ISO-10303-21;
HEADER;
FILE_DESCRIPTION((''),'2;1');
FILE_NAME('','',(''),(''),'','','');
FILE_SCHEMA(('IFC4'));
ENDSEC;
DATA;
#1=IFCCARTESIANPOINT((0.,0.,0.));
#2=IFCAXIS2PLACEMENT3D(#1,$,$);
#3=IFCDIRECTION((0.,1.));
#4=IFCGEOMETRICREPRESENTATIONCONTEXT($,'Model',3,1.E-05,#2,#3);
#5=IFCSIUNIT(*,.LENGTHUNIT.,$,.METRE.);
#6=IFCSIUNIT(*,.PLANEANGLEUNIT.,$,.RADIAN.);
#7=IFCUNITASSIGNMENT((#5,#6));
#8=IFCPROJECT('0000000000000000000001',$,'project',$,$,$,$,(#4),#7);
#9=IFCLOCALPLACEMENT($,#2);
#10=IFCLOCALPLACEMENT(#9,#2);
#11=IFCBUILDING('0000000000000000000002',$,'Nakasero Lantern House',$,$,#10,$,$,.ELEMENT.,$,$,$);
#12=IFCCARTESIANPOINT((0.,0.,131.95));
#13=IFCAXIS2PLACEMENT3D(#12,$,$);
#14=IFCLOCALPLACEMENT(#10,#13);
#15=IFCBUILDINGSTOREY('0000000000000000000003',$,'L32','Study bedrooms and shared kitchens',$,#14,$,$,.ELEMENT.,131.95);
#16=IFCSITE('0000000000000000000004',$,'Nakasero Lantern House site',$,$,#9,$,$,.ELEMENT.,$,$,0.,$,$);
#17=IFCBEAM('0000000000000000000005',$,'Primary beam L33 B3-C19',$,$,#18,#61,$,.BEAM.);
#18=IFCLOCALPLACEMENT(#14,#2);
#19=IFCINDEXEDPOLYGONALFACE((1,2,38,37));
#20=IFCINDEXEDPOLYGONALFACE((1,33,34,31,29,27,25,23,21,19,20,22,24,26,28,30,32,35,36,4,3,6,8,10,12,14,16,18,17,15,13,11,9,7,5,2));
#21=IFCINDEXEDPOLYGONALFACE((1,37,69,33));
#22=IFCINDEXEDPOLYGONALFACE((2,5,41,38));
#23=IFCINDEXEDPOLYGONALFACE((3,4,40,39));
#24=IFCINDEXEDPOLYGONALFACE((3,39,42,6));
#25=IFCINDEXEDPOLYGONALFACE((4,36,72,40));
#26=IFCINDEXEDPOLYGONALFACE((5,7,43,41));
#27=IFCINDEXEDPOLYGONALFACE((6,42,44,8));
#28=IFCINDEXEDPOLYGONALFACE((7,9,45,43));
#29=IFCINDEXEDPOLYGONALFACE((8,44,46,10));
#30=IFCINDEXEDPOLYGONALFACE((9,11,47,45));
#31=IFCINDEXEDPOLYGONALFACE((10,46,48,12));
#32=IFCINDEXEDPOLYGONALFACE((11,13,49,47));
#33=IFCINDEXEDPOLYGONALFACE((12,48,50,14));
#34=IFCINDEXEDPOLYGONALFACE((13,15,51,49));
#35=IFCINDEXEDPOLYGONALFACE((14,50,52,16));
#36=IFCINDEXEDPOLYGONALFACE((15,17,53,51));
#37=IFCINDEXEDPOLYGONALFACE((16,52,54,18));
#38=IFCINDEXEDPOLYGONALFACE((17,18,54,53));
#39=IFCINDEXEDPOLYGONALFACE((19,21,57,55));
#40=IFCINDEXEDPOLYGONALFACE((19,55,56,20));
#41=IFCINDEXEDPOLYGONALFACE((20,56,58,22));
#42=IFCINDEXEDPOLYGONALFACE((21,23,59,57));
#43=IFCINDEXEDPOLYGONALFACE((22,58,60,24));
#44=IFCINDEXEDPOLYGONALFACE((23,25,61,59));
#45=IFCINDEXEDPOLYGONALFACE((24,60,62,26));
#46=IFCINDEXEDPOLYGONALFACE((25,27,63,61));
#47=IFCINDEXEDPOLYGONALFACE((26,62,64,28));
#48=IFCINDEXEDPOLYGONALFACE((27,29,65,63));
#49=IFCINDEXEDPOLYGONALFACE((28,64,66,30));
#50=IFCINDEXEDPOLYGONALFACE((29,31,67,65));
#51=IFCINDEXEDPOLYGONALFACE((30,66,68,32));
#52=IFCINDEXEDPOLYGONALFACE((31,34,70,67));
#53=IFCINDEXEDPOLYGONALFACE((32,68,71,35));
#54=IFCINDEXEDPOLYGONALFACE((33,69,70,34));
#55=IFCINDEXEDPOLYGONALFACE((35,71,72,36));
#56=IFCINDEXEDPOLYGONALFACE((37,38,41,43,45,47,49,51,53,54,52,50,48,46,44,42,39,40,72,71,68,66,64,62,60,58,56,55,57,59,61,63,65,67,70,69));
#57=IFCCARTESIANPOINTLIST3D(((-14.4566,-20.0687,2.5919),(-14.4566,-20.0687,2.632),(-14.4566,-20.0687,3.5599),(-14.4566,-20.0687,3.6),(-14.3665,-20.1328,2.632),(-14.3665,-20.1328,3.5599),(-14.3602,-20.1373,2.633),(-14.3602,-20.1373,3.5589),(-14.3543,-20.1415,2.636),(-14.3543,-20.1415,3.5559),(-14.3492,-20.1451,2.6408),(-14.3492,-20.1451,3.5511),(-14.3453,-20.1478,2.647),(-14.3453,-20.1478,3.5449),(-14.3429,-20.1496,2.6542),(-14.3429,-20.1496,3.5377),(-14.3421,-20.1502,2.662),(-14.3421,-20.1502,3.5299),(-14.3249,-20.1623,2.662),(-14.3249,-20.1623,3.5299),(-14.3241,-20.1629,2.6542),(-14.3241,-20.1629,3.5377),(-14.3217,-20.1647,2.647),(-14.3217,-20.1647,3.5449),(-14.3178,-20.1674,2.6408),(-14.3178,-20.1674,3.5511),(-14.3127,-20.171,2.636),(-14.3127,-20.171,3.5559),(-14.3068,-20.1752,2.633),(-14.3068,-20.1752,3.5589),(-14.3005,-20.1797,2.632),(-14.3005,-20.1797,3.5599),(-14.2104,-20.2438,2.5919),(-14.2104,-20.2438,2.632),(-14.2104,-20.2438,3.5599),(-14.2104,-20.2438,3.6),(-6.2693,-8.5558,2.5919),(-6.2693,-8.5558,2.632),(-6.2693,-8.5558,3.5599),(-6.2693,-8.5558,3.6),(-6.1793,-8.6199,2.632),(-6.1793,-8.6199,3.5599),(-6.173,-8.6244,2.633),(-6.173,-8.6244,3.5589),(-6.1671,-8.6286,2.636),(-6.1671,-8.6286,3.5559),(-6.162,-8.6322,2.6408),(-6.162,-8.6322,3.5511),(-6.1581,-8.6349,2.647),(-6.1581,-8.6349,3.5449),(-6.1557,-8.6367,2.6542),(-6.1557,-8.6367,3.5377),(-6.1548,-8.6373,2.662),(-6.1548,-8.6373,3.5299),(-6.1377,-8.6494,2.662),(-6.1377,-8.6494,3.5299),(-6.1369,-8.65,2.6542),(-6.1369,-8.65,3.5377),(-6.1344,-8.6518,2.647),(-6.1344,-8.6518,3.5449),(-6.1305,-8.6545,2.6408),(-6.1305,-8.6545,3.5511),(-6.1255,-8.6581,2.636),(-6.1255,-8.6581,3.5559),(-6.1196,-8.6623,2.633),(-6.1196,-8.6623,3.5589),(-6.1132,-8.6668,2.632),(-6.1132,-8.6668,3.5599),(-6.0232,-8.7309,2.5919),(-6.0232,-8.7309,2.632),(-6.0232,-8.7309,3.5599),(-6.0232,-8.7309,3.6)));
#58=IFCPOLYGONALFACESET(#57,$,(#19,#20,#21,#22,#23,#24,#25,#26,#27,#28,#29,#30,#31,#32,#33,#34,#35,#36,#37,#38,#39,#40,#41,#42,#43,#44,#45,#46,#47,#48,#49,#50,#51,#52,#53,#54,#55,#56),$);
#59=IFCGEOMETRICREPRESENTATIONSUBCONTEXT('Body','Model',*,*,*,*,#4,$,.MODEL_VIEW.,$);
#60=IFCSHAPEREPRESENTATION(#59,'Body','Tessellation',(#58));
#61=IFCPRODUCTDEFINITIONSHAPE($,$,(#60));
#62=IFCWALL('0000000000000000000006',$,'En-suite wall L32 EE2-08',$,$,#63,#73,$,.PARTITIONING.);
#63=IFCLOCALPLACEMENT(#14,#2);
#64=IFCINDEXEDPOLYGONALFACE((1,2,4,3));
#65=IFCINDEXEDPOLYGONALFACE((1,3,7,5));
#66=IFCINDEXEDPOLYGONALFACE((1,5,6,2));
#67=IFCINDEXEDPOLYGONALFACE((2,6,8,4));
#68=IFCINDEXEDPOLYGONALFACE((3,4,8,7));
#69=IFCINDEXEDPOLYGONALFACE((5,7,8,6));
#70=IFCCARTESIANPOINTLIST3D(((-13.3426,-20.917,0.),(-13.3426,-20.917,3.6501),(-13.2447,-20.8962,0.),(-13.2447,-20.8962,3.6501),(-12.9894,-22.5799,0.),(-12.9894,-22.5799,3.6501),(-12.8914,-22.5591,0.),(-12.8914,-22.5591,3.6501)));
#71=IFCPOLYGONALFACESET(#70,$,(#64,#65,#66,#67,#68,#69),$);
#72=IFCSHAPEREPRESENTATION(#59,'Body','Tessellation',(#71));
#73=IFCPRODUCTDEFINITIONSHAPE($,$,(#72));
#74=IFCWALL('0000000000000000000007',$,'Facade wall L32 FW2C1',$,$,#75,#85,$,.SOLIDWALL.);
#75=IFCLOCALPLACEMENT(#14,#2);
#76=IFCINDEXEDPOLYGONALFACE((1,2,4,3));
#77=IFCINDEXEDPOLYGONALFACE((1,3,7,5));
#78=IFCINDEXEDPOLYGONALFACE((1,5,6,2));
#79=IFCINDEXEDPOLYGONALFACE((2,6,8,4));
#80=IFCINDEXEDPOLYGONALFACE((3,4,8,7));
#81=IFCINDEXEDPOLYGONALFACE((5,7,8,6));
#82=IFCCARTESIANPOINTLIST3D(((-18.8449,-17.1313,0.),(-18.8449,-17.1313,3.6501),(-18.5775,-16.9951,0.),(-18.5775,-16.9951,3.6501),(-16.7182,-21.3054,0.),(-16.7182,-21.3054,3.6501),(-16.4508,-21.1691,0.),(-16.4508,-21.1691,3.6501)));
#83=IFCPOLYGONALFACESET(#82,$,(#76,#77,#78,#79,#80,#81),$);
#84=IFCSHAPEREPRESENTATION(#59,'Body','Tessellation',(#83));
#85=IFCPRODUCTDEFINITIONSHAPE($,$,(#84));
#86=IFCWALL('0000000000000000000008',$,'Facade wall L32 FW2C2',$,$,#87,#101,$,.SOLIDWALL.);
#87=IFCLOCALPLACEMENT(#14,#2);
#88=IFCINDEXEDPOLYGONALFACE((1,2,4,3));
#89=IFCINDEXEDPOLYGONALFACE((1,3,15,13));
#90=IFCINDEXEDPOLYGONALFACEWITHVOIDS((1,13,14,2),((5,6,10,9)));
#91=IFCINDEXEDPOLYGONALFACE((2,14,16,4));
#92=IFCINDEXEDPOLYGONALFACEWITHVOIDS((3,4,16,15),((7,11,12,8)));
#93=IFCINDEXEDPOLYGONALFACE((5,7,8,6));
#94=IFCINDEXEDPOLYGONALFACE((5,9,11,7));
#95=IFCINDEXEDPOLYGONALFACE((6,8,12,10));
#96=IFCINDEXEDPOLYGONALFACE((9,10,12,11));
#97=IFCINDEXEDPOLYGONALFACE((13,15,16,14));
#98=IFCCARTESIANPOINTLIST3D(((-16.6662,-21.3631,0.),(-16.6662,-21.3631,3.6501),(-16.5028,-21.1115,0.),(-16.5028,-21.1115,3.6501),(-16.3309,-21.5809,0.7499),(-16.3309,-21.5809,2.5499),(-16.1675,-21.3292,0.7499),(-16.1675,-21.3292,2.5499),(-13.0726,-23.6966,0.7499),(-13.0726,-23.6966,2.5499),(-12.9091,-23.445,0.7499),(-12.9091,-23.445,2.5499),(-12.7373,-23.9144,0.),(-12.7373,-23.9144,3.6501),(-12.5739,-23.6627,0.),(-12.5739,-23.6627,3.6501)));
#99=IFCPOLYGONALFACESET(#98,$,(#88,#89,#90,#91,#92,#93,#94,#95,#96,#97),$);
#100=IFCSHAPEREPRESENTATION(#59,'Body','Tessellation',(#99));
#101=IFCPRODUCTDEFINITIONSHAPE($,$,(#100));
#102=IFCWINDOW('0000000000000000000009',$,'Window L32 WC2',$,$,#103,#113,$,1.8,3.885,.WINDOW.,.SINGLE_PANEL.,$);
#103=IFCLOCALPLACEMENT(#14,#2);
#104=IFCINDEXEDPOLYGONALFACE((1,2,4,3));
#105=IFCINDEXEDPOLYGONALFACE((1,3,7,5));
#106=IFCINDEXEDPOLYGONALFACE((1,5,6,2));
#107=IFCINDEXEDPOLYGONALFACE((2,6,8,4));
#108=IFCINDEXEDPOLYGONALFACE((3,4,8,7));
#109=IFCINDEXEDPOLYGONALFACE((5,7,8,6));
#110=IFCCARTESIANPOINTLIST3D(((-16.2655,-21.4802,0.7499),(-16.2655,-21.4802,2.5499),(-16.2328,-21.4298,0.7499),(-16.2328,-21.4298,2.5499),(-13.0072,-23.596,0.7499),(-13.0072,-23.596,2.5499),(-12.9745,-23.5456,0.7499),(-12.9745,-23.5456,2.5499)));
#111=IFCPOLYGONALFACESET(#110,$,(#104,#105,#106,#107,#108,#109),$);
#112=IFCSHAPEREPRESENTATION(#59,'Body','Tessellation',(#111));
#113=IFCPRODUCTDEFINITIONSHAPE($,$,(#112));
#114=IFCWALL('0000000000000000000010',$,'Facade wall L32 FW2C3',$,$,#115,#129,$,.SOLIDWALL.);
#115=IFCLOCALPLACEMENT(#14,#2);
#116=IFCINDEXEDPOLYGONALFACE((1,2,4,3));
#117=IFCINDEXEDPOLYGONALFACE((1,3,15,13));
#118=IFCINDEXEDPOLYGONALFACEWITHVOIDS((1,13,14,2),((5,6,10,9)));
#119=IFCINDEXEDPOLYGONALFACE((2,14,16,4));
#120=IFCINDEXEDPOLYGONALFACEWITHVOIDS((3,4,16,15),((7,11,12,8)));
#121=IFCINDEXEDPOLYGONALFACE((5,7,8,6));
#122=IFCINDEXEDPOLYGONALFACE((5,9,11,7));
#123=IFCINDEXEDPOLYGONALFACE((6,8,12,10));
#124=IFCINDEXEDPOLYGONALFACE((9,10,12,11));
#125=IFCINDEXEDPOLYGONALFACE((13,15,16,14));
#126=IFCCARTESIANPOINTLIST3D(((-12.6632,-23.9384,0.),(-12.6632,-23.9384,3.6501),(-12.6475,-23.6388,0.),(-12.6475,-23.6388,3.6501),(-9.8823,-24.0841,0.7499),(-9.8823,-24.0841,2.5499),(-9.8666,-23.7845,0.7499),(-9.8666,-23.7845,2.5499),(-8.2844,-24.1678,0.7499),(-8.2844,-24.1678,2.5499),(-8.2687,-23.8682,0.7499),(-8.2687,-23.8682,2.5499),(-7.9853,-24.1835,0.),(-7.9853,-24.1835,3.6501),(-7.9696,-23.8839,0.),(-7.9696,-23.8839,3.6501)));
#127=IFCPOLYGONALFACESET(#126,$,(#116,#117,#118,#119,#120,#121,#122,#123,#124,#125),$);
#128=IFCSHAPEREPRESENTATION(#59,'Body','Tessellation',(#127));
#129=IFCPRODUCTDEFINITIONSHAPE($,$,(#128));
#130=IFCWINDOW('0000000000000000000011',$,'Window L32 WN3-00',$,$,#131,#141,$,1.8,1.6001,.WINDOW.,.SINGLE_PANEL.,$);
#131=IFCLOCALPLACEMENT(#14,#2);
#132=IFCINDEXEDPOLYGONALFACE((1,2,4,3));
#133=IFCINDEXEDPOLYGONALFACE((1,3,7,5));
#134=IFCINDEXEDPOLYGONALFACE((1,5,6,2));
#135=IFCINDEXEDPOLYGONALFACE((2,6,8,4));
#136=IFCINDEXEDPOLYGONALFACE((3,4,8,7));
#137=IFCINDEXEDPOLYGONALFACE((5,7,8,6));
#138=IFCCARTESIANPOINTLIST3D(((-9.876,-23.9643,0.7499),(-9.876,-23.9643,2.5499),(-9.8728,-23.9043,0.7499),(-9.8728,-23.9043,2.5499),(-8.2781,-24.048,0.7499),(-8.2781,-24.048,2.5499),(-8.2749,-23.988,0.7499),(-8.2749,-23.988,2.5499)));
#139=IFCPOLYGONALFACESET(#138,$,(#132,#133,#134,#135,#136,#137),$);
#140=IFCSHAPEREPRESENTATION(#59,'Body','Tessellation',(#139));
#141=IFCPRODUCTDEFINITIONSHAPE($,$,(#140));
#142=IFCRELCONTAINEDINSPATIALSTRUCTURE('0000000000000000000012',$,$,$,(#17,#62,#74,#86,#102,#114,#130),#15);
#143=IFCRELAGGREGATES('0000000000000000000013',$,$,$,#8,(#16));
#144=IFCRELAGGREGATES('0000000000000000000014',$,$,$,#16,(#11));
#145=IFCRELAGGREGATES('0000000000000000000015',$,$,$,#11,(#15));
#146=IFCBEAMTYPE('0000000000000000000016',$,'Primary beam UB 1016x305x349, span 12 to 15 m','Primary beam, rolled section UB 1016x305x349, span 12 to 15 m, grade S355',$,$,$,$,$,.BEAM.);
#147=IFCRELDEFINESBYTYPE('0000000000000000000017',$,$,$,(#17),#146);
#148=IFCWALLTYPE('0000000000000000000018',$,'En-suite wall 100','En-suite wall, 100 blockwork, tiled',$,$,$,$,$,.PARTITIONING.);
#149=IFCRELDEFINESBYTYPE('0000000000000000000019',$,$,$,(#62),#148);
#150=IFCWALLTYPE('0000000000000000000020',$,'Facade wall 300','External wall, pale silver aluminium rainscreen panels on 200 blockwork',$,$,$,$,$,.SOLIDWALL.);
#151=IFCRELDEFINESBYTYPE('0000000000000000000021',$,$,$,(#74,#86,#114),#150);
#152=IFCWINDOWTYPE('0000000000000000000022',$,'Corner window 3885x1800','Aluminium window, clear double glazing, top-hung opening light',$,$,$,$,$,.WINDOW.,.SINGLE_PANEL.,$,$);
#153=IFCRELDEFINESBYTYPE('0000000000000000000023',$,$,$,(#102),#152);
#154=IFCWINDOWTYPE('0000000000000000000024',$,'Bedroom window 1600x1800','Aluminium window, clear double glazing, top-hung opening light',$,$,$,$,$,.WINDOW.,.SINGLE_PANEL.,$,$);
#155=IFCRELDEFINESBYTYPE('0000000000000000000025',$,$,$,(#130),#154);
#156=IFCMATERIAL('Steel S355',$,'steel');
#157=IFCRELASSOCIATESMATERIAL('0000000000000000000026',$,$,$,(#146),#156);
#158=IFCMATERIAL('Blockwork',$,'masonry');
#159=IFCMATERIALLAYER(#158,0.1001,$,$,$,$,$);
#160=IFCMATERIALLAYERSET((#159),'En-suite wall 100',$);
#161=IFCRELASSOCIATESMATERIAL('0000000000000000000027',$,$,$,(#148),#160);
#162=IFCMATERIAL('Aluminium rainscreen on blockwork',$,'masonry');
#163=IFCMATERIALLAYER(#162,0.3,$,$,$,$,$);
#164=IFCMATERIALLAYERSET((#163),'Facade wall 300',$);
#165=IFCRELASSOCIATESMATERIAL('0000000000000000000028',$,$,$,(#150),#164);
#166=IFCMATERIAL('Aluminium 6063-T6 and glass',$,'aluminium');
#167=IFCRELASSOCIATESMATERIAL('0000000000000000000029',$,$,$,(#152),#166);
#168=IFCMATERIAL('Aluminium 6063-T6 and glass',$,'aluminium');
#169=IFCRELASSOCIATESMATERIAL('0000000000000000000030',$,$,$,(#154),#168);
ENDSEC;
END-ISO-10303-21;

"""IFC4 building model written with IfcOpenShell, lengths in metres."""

from ifc_helpers import new_model, si_unit, direction, frame, frame_2d, origin, origin_2d, place, context, subcontext, project, spatial, rectangle, i_section, extrude, material, layer, layer_set, material_profile, profile_set, type_object, element, fill, save


model = new_model("IFC4")

# Units and contexts
model_context = context("Model", 3, precision=1e-05, world=origin(), true_north=direction((0.0, 1.0)))
body_context = subcontext(model_context, "Body", "Model", "MODEL_VIEW")
ifc_project = project(units=[si_unit("LENGTHUNIT", "METRE"), si_unit("PLANEANGLEUNIT", "RADIAN")], contexts=[model_context])

# Site, building, storey
site_placement = place(None, origin())
site = spatial("IfcSite", under=ifc_project, at=site_placement, Name="Nakasero Lantern House site", CompositionType="ELEMENT", RefElevation=0.0)
building_placement = place(site_placement, origin())
building = spatial("IfcBuilding", under=site, at=building_placement, Name="Nakasero Lantern House", CompositionType="ELEMENT")
storey_placement = place(building_placement, frame((0.0, 0.0, 131.95)))
storey = spatial("IfcBuildingStorey", under=building, at=storey_placement, Name="L32", Description="Study bedrooms and shared kitchens", CompositionType="ELEMENT", Elevation=131.95)

# Beam
ifc_material_1 = material(Name="Steel S355", Category="steel")
ifc_material_profile_1 = material_profile(ifc_material_1, i_section(OverallWidth=0.302, OverallDepth=1.0081, WebThickness=0.021, FlangeThickness=0.04, FilletRadius=0.03, at=origin_2d()), Name="UB 1016x305x349")
ifc_profile_set_1 = profile_set([ifc_material_profile_1], Name="Steel S355")
beam_type_1 = type_object("IfcBeamType", Name="Primary beam UB 1016x305x349, span 12 to 15 m", Description="Primary beam, rolled section UB 1016x305x349, span 12 to 15 m, grade S355", PredefinedType="BEAM", material=ifc_profile_set_1)
beam_1_placement = place(storey_placement, frame((-14.3335, -20.1562, 3.0959), z_axis=(0.579537, 0.814946, 0.0), x_axis=(-0.814946, 0.579537, 0.0)))
element("IfcBeam", 1, at=beam_1_placement, inside=storey, type_object=beam_type_1, Name="Primary beam L33 B3-C19", PredefinedType="BEAM", context=body_context, shape_type="SweptSolid", body=[
    extrude(i_section(OverallWidth=0.302, OverallDepth=1.0081, WebThickness=0.021, FlangeThickness=0.04, FilletRadius=0.03, at=origin_2d()), origin(), (0.0, 0.0, 1.0), 14.1272),
])

# Walls
ifc_material_2 = material(Name="Blockwork", Category="masonry")
ifc_layer_1 = layer(ifc_material_2, 0.1001)
ifc_layer_set_1 = layer_set([ifc_layer_1], Name="En-suite wall 100")
wall_type_1 = type_object("IfcWallType", Name="En-suite wall 100", Description="En-suite wall, 100 blockwork, tiled", PredefinedType="PARTITIONING", material=ifc_layer_set_1)
wall_1_placement = place(storey_placement, frame((-13.2937, -20.9065, 0.0), z_axis=(0.0, 0.0, 1.0), x_axis=(0.207812, -0.978169, 0.0)))
element("IfcWall", 2, at=wall_1_placement, inside=storey, type_object=wall_type_1, Name="En-suite wall L32 EE2-08", PredefinedType="PARTITIONING", context=body_context, shape_type="SweptSolid", body=[
    extrude(rectangle(XDim=1.7, YDim=0.1001, at=frame_2d((0.8501, 0.0))), origin(), (0.0, 0.0, 1.0), 3.6501),
])
ifc_material_3 = material(Name="Aluminium rainscreen on blockwork", Category="masonry")
ifc_layer_2 = layer(ifc_material_3, 0.3)
ifc_layer_set_2 = layer_set([ifc_layer_2], Name="Facade wall 300")
wall_type_2 = type_object("IfcWallType", Name="Facade wall 300", Description="External wall, pale silver aluminium rainscreen panels on 200 blockwork", PredefinedType="SOLIDWALL", material=ifc_layer_set_2)
wall_2_placement = place(storey_placement, frame((-18.7112, -17.0632, 0.0), z_axis=(0.0, 0.0, 1.0), x_axis=(0.453976, -0.891014, 0.0)))
element("IfcWall", 3, at=wall_2_placement, inside=storey, type_object=wall_type_2, Name="Facade wall L32 FW2C1", PredefinedType="SOLIDWALL", context=body_context, shape_type="SweptSolid", body=[
    extrude(rectangle(XDim=4.6846, YDim=0.3, at=frame_2d((2.3423, 0.0))), origin(), (0.0, 0.0, 1.0), 3.6501),
])

# Walls, openings, windows
wall_3_placement = place(storey_placement, frame((-16.5845, -21.2373, 0.0), z_axis=(0.0, 0.0, 1.0), x_axis=(0.838692, -0.544605, 0.0)))
wall_3 = element("IfcWall", 4, at=wall_3_placement, inside=storey, type_object=wall_type_2, Name="Facade wall L32 FW2C2", PredefinedType="SOLIDWALL", context=body_context, shape_type="SweptSolid", body=[
    extrude(rectangle(XDim=4.6846, YDim=0.3, at=frame_2d((2.3423, 0.0))), origin(), (0.0, 0.0, 1.0), 3.6501),
])
opening_1_placement = place(wall_3_placement, frame((0.3999, 0.0, 0.75)))
opening_1 = element("IfcOpeningElement", 5, at=opening_1_placement, cuts=wall_3, PredefinedType="OPENING", context=body_context, shape_type="SweptSolid", body=[
    extrude(rectangle(XDim=3.885, YDim=1.8, at=frame_2d((1.9424, 0.8999))), frame((0.0, 0.1699, 0.0), z_axis=(0.0, -1.0, 0.0), x_axis=(1.0, 0.0, 0.0)), (0.0, 0.0, 1.0), 0.3401),
])
ifc_material_4 = material(Name="Aluminium 6063-T6 and glass", Category="aluminium")
window_type_1 = type_object("IfcWindowType", Name="Corner window 3885x1800", Description="Aluminium window, clear double glazing, top-hung opening light", PartitioningType="SINGLE_PANEL", PredefinedType="WINDOW", material=ifc_material_4)
window_1_placement = place(opening_1_placement, origin())
window_1 = element("IfcWindow", 6, at=window_1_placement, inside=storey, type_object=window_type_1, Name="Window L32 WC2", OverallHeight=1.8, OverallWidth=3.885, PartitioningType="SINGLE_PANEL", PredefinedType="WINDOW", context=body_context, shape_type="SweptSolid", body=[
    extrude(rectangle(XDim=3.885, YDim=1.8, at=frame_2d((1.9424, 0.8999))), frame((0.0, 0.03, 0.0), z_axis=(0.0, -1.0, 0.0), x_axis=(1.0, 0.0, 0.0)), (0.0, 0.0, 1.0), 0.0601),
])
fill(opening_1, window_1)
wall_4_placement = place(storey_placement, frame((-12.6555, -23.7886, 0.0), z_axis=(0.0, 0.0, 1.0), x_axis=(0.99863, -0.052326, 0.0)))
wall_4 = element("IfcWall", 7, at=wall_4_placement, inside=storey, type_object=wall_type_2, Name="Facade wall L32 FW2C3", PredefinedType="SOLIDWALL", context=body_context, shape_type="SweptSolid", body=[
    extrude(rectangle(XDim=4.6843, YDim=0.3, at=frame_2d((2.3423, 0.0))), origin(), (0.0, 0.0, 1.0), 3.6501),
])
opening_2_placement = place(wall_4_placement, frame((2.7849, 0.0, 0.75)))
opening_2 = element("IfcOpeningElement", 8, at=opening_2_placement, cuts=wall_4, PredefinedType="OPENING", context=body_context, shape_type="SweptSolid", body=[
    extrude(rectangle(XDim=1.6001, YDim=1.8, at=frame_2d((0.8, 0.8999))), frame((0.0, 0.1699, 0.0), z_axis=(0.0, -1.0, 0.0), x_axis=(1.0, 0.0, 0.0)), (0.0, 0.0, 1.0), 0.3401),
])
ifc_material_5 = material(Name="Aluminium 6063-T6 and glass", Category="aluminium")
window_type_2 = type_object("IfcWindowType", Name="Bedroom window 1600x1800", Description="Aluminium window, clear double glazing, top-hung opening light", PartitioningType="SINGLE_PANEL", PredefinedType="WINDOW", material=ifc_material_5)
window_2_placement = place(opening_2_placement, origin())
window_2 = element("IfcWindow", 9, at=window_2_placement, inside=storey, type_object=window_type_2, Name="Window L32 WN3-00", OverallHeight=1.8, OverallWidth=1.6001, PartitioningType="SINGLE_PANEL", PredefinedType="WINDOW", context=body_context, shape_type="SweptSolid", body=[
    extrude(rectangle(XDim=1.6001, YDim=1.8, at=frame_2d((0.8, 0.8999))), frame((0.0, 0.03, 0.0), z_axis=(0.0, -1.0, 0.0), x_axis=(1.0, 0.0, 0.0)), (0.0, 0.0, 1.0), 0.0601),
])
fill(opening_2, window_2)

save(model, "model.ifc")
